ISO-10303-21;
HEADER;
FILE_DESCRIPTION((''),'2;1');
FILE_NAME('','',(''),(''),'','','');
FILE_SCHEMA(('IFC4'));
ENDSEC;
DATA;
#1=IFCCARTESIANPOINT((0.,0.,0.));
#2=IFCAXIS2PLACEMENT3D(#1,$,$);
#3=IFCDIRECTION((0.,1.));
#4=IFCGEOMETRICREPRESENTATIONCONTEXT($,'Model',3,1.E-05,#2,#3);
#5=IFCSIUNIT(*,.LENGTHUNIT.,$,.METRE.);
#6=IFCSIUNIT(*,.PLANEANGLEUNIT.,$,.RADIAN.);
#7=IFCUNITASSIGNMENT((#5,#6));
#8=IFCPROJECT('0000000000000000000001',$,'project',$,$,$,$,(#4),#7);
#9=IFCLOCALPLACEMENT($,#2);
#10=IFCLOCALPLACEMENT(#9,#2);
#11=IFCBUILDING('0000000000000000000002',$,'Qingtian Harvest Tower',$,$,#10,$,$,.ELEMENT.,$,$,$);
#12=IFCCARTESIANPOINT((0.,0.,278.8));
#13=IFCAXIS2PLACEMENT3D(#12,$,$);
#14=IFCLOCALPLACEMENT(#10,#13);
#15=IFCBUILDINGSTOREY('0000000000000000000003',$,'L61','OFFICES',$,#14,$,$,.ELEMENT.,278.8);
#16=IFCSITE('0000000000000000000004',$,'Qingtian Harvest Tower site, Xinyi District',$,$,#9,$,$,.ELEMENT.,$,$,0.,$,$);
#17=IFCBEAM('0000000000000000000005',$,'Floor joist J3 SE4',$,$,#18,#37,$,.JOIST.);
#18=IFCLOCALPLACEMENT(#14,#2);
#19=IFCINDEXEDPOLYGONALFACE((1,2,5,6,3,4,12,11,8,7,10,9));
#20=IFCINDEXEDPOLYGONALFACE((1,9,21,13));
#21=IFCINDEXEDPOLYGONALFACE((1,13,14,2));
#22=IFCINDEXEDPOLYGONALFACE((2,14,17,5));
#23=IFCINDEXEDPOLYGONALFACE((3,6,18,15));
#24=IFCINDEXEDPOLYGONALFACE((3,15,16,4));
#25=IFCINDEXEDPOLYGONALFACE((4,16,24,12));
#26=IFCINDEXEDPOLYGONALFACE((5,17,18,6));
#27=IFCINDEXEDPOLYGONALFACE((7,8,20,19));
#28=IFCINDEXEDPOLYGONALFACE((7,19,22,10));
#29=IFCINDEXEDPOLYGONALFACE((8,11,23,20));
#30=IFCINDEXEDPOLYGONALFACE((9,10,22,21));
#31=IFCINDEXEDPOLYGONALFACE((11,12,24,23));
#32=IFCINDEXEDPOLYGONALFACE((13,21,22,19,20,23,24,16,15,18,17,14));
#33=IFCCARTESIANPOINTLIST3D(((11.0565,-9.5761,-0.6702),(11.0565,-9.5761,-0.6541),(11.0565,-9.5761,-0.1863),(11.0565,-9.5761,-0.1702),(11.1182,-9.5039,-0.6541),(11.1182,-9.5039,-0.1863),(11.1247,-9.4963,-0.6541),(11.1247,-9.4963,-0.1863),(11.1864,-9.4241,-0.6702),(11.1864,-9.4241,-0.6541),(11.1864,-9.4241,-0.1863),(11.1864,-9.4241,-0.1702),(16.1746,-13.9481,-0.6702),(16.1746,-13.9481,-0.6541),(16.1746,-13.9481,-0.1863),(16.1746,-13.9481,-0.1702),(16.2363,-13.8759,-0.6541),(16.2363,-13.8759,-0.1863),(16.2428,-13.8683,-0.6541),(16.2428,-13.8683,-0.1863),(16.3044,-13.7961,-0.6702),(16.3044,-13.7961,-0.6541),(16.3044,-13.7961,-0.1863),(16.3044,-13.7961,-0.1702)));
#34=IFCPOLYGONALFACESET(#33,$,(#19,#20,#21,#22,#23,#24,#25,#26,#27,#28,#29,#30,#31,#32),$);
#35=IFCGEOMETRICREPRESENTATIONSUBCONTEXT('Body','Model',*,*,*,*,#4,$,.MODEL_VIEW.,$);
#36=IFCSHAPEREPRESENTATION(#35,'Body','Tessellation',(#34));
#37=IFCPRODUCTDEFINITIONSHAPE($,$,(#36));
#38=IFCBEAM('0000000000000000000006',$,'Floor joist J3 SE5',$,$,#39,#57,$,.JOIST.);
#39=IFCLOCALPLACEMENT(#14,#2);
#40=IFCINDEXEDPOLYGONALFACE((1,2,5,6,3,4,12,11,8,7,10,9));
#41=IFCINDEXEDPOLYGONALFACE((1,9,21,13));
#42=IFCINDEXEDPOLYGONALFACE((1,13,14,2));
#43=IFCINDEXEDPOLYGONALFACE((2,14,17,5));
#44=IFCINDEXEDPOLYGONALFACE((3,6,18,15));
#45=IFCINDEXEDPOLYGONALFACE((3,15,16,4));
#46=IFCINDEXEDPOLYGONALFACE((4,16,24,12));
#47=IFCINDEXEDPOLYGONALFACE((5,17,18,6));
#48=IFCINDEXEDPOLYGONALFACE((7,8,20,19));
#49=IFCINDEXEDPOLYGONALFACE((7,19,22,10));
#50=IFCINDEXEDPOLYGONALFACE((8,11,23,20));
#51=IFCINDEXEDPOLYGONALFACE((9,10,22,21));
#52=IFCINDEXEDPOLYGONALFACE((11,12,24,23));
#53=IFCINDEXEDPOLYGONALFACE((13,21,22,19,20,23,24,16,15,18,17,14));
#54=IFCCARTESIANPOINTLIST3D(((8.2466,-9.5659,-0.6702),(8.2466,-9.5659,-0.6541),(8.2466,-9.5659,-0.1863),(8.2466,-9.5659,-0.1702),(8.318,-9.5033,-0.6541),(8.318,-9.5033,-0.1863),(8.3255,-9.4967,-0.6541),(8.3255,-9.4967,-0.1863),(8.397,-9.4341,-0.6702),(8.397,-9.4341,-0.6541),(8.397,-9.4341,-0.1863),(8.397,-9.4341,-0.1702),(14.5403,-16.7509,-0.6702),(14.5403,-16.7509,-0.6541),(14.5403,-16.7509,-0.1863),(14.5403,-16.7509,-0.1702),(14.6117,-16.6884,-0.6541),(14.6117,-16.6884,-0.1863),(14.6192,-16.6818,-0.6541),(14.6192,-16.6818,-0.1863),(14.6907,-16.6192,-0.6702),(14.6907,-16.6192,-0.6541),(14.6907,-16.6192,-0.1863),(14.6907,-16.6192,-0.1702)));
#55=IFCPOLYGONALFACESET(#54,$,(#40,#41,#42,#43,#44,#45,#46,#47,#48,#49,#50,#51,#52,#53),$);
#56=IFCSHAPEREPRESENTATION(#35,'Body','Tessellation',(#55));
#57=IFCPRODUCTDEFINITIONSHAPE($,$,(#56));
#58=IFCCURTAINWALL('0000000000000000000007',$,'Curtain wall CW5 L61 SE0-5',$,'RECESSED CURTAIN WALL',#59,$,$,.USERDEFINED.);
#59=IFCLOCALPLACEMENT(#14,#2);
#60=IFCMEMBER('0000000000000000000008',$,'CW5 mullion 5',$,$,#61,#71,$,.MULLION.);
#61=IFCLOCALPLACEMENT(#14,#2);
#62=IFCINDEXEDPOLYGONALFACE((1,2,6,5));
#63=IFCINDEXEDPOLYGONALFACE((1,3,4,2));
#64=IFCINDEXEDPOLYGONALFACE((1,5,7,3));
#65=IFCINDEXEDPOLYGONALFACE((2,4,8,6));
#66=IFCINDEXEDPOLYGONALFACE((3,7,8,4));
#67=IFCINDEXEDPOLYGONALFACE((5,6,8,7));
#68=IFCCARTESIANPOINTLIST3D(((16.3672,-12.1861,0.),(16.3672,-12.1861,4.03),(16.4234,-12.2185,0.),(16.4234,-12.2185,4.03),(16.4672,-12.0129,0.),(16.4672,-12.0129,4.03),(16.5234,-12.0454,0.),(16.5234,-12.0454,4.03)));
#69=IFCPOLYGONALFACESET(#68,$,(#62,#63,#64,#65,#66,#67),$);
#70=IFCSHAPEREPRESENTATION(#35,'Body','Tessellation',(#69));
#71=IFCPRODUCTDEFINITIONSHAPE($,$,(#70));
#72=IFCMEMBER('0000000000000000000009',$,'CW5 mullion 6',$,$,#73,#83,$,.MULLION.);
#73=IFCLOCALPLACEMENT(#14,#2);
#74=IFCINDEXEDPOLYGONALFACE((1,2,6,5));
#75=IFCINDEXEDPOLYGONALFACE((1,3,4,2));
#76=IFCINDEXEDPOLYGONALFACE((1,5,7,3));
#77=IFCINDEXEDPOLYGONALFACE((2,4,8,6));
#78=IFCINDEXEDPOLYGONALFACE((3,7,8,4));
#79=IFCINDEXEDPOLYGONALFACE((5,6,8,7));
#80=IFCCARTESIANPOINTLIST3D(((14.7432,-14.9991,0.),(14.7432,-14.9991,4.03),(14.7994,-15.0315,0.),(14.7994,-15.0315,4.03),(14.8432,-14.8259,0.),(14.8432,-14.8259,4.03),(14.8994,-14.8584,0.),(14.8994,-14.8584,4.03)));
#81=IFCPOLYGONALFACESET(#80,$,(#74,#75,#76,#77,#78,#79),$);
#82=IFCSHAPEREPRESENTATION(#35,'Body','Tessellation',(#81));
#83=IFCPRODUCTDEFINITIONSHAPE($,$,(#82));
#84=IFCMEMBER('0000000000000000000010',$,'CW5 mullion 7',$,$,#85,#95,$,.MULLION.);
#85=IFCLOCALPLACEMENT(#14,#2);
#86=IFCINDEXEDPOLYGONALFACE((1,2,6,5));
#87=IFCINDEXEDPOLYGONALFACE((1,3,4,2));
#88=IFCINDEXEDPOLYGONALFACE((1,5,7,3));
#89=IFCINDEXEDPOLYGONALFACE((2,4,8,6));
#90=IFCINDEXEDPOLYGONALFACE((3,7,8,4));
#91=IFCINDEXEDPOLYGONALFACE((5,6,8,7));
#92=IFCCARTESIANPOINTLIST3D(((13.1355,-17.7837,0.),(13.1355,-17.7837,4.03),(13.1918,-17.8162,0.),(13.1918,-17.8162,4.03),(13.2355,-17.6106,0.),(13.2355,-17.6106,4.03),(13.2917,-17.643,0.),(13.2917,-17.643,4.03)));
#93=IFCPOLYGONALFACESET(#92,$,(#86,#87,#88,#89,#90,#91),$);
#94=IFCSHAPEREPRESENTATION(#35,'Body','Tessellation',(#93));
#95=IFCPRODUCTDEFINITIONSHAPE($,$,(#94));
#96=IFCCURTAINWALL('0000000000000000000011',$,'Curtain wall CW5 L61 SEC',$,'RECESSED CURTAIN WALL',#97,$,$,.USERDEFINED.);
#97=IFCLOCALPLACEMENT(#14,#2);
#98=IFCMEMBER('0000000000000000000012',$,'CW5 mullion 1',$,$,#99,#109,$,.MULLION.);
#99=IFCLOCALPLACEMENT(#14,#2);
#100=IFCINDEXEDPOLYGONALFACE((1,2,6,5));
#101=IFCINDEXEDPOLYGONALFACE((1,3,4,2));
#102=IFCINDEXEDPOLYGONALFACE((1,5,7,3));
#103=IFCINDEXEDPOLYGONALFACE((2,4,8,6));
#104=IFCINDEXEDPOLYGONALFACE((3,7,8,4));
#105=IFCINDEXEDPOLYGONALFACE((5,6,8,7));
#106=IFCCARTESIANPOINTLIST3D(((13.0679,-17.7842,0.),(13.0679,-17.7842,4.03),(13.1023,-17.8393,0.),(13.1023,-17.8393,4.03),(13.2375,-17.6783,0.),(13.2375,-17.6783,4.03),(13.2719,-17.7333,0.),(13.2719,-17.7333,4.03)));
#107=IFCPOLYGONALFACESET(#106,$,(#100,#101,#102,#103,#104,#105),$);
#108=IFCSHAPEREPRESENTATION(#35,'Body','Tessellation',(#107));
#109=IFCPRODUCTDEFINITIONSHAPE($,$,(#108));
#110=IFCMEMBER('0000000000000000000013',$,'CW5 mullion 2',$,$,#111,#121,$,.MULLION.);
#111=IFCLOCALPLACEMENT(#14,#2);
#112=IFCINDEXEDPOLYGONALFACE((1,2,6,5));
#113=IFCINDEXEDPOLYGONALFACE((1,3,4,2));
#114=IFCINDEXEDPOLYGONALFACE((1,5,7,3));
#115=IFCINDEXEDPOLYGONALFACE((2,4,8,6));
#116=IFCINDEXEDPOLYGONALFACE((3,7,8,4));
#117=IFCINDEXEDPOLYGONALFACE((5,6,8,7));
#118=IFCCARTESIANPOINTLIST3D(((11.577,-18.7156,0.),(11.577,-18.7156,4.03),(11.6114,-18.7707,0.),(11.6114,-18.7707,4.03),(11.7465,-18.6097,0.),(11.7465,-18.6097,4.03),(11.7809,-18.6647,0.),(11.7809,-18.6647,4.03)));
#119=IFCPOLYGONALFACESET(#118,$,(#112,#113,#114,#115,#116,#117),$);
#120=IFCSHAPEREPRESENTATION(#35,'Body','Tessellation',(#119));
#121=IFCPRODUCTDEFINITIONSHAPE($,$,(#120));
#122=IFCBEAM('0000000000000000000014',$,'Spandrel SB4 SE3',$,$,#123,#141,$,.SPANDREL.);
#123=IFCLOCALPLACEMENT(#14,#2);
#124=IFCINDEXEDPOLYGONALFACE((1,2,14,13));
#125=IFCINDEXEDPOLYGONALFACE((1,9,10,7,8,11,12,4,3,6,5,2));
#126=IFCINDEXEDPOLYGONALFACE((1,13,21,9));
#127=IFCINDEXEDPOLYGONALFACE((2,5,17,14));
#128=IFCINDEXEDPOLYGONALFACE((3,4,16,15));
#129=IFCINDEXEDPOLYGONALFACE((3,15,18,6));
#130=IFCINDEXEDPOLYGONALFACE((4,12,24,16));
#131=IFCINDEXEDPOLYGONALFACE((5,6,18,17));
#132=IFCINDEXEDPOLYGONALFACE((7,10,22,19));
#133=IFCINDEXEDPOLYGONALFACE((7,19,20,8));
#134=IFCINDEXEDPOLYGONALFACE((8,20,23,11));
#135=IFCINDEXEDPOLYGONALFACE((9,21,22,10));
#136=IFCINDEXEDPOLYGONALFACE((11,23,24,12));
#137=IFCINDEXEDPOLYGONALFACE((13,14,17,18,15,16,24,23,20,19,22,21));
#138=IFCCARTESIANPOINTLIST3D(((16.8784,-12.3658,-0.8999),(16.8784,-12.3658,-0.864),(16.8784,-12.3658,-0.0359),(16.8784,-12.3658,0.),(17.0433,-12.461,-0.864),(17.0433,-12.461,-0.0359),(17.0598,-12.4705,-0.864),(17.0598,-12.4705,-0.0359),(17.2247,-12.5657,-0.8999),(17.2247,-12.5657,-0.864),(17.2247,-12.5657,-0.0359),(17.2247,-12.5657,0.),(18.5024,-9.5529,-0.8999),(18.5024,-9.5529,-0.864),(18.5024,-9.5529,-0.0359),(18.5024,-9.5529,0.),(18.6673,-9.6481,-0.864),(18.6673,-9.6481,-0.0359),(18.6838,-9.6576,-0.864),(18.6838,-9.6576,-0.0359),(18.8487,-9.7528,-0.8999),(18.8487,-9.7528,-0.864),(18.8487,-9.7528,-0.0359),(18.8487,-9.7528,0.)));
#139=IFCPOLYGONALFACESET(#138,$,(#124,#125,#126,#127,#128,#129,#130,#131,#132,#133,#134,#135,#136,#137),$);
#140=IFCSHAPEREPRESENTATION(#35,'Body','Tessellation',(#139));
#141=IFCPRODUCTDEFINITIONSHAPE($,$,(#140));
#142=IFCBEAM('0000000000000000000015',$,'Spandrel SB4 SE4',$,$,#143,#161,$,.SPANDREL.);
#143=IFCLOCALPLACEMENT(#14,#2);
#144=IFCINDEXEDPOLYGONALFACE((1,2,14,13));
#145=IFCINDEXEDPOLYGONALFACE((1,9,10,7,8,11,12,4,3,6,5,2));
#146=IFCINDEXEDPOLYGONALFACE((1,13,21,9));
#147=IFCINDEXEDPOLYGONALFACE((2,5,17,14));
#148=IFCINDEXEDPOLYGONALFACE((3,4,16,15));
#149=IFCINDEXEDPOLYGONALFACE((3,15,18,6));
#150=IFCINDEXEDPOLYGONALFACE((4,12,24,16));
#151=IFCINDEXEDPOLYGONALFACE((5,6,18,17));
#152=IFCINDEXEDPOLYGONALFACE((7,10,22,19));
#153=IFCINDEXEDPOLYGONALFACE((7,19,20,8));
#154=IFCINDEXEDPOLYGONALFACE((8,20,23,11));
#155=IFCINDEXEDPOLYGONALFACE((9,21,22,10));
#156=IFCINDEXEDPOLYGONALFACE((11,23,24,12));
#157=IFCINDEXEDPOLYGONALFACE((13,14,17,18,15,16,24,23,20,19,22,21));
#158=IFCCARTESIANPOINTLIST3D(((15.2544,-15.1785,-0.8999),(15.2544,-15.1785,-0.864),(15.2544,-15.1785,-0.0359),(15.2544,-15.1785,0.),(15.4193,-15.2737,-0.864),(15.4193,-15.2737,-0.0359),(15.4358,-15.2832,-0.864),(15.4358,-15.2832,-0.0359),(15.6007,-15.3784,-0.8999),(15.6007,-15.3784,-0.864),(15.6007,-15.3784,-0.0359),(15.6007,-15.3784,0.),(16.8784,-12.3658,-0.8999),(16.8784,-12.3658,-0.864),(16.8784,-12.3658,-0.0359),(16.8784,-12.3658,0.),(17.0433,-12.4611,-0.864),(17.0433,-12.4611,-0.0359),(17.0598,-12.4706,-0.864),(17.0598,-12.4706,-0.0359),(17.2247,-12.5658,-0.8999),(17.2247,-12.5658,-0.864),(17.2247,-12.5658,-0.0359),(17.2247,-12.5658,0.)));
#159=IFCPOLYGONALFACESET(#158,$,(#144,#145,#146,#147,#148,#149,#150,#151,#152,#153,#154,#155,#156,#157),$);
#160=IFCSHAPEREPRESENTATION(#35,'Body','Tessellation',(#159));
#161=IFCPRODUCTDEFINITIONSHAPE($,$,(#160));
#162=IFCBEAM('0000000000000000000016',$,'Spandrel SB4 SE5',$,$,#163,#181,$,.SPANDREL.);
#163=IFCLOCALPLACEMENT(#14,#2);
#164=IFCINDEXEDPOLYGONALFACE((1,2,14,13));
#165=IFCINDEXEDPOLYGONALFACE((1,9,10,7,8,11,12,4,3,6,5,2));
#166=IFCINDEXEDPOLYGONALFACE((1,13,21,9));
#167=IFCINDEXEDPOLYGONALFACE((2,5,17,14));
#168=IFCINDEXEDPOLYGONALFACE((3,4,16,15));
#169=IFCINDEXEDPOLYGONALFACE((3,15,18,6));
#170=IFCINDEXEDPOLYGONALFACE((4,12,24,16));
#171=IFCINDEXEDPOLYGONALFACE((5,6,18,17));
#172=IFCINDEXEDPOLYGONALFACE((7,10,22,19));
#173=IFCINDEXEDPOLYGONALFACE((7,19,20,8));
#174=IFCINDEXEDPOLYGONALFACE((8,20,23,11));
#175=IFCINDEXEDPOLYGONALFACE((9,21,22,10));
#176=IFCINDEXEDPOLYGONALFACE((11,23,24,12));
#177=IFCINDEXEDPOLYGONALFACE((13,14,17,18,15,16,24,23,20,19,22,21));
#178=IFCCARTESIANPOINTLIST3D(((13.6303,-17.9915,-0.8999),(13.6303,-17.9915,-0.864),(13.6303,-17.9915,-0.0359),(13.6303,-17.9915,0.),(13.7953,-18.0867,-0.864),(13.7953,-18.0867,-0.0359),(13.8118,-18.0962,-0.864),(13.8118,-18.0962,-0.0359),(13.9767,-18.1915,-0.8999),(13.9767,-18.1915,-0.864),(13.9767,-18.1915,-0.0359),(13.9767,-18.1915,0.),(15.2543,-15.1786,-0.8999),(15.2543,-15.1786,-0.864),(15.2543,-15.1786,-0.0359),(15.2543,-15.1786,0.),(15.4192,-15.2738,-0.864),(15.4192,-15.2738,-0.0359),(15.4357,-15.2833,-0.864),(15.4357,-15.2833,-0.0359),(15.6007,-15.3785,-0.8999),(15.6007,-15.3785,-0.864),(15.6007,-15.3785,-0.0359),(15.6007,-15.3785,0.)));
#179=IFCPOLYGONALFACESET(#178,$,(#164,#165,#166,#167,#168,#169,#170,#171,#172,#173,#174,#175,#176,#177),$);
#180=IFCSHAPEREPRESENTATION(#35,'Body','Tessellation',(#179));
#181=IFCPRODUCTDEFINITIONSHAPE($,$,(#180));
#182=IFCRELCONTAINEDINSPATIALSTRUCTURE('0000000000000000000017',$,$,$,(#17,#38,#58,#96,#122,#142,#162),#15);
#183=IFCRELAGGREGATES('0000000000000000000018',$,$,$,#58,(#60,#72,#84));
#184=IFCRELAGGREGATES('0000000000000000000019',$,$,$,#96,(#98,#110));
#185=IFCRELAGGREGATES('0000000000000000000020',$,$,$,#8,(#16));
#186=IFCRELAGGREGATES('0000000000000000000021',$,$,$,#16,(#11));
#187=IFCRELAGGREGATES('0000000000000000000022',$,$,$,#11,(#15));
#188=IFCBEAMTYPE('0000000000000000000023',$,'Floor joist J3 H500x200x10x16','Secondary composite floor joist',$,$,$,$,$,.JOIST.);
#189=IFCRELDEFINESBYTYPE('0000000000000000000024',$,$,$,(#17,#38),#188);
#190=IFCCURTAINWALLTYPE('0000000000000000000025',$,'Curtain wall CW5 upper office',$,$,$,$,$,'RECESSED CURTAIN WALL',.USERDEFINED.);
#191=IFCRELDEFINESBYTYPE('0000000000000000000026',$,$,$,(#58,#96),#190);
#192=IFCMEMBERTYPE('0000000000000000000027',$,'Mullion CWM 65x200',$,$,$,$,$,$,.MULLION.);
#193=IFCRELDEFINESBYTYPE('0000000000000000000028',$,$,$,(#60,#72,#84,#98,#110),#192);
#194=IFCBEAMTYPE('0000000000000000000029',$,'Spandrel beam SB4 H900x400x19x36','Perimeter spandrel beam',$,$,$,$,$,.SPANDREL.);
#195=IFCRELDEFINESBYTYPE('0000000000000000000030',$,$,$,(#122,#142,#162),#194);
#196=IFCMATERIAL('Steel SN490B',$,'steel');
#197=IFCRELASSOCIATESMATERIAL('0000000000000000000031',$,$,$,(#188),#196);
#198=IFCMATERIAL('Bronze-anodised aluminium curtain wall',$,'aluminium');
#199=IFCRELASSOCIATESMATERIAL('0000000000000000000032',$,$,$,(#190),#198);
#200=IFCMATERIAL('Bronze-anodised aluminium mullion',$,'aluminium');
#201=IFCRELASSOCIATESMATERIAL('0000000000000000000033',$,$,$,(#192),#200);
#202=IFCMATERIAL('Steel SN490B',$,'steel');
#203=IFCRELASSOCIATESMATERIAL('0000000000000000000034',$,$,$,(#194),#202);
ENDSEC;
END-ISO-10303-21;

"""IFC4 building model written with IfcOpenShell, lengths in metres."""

from ifc_helpers import new_model, si_unit, direction, frame, origin, origin_2d, place, context, subcontext, project, spatial, rectangle, i_section, extrude, material, material_profile, profile_set, type_object, element, aggregate, save


model = new_model("IFC4")

# Units and contexts
model_context = context("Model", 3, precision=1e-05, world=origin(), true_north=direction((0.0, 1.0)))
body_context = subcontext(model_context, "Body", "Model", "MODEL_VIEW")
ifc_project = project(units=[si_unit("LENGTHUNIT", "METRE"), si_unit("PLANEANGLEUNIT", "RADIAN")], contexts=[model_context])

# Site, building, storey
site_placement = place(None, origin())
site = spatial("IfcSite", under=ifc_project, at=site_placement, Name="Qingtian Harvest Tower site, Xinyi District", CompositionType="ELEMENT", RefElevation=0.0)
building_placement = place(site_placement, origin())
building = spatial("IfcBuilding", under=site, at=building_placement, Name="Qingtian Harvest Tower", CompositionType="ELEMENT")
storey_placement = place(building_placement, frame((0.0, 0.0, 278.8)))
storey = spatial("IfcBuildingStorey", under=building, at=storey_placement, Name="L61", Description="OFFICES", CompositionType="ELEMENT", Elevation=278.8)

# Beams
ifc_material_1 = material(Name="Steel SN490B", Category="steel")
ifc_material_profile_1 = material_profile(ifc_material_1, i_section(OverallWidth=0.2, OverallDepth=0.5, WebThickness=0.01, FlangeThickness=0.0161, at=origin_2d()), Name="H500x200x10x16")
ifc_profile_set_1 = profile_set([ifc_material_profile_1], Name="Steel SN490B")
beam_type_1 = type_object("IfcBeamType", Name="Floor joist J3 H500x200x10x16", Description="Secondary composite floor joist", PredefinedType="JOIST", material=ifc_profile_set_1)
beam_1_placement = place(storey_placement, frame((16.2395, -13.8721, -0.4202), z_axis=(-0.760351, 0.649512, 0.0), x_axis=(-0.649512, -0.760351, 0.0)))
element("IfcBeam", 1, at=beam_1_placement, inside=storey, type_object=beam_type_1, Name="Floor joist J3 SE4", PredefinedType="JOIST", context=body_context, shape_type="SweptSolid", body=[
    extrude(i_section(OverallWidth=0.2, OverallDepth=0.5, WebThickness=0.01, FlangeThickness=0.0161, at=origin_2d()), origin(), (0.0, 0.0, 1.0), 6.7312),
])
beam_2_placement = place(storey_placement, frame((14.6155, -16.6851, -0.4202), z_axis=(-0.658906, 0.752225, 0.0), x_axis=(-0.752225, -0.658906, 0.0)))
element("IfcBeam", 2, at=beam_2_placement, inside=storey, type_object=beam_type_1, Name="Floor joist J3 SE5", PredefinedType="JOIST", context=body_context, shape_type="SweptSolid", body=[
    extrude(i_section(OverallWidth=0.2, OverallDepth=0.5, WebThickness=0.01, FlangeThickness=0.0161, at=origin_2d()), origin(), (0.0, 0.0, 1.0), 9.5518),
])

# Curtain walls, members
ifc_material_2 = material(Name="Bronze-anodised aluminium curtain wall", Category="aluminium")
curtain_wall_type = type_object("IfcCurtainWallType", Name="Curtain wall CW5 upper office", ElementType="RECESSED CURTAIN WALL", PredefinedType="USERDEFINED", material=ifc_material_2)
curtain_wall_1_placement = place(storey_placement, origin())
curtain_wall_1 = element("IfcCurtainWall", 3, at=curtain_wall_1_placement, inside=storey, type_object=curtain_wall_type, Name="Curtain wall CW5 L61 SE0-5", ObjectType="RECESSED CURTAIN WALL", PredefinedType="USERDEFINED")
ifc_material_3 = material(Name="Bronze-anodised aluminium mullion", Category="aluminium")
ifc_material_profile_2 = material_profile(ifc_material_3, rectangle(XDim=0.0649, YDim=0.2, at=origin_2d()), Name="AL 65x200")
ifc_profile_set_2 = profile_set([ifc_material_profile_2], Name="Bronze-anodised aluminium mullion")
member_type_1 = type_object("IfcMemberType", Name="Mullion CWM 65x200", PredefinedType="MULLION", material=ifc_profile_set_2)
member_1_placement = place(storey_placement, frame((16.4453, -12.1157, 0.0), z_axis=(0.0, 0.0, 1.0), x_axis=(0.866025, -0.5, 0.0)))
member_1 = element("IfcMember", 4, at=member_1_placement, type_object=member_type_1, Name="CW5 mullion 5", PredefinedType="MULLION", context=body_context, shape_type="SweptSolid", body=[
    extrude(rectangle(XDim=0.0649, YDim=0.2, at=origin_2d()), origin(), (0.0, 0.0, 1.0), 4.03),
])
member_2_placement = place(storey_placement, frame((14.8213, -14.9287, 0.0), z_axis=(0.0, 0.0, 1.0), x_axis=(0.866025, -0.5, 0.0)))
member_2 = element("IfcMember", 5, at=member_2_placement, type_object=member_type_1, Name="CW5 mullion 6", PredefinedType="MULLION", context=body_context, shape_type="SweptSolid", body=[
    extrude(rectangle(XDim=0.0649, YDim=0.2, at=origin_2d()), origin(), (0.0, 0.0, 1.0), 4.03),
])
member_3_placement = place(storey_placement, frame((13.2136, -17.7134, 0.0), z_axis=(0.0, 0.0, 1.0), x_axis=(0.866025, -0.5, 0.0)))
member_3 = element("IfcMember", 6, at=member_3_placement, type_object=member_type_1, Name="CW5 mullion 7", PredefinedType="MULLION", context=body_context, shape_type="SweptSolid", body=[
    extrude(rectangle(XDim=0.0649, YDim=0.2, at=origin_2d()), origin(), (0.0, 0.0, 1.0), 4.03),
])
curtain_wall_2_placement = place(storey_placement, origin())
curtain_wall_2 = element("IfcCurtainWall", 7, at=curtain_wall_2_placement, inside=storey, type_object=curtain_wall_type, Name="Curtain wall CW5 L61 SEC", ObjectType="RECESSED CURTAIN WALL", PredefinedType="USERDEFINED")
member_4_placement = place(storey_placement, frame((13.1699, -17.7588, 0.0), z_axis=(0.0, 0.0, 1.0), x_axis=(0.529919, -0.848048, 0.0)))
member_4 = element("IfcMember", 8, at=member_4_placement, type_object=member_type_1, Name="CW5 mullion 1", PredefinedType="MULLION", context=body_context, shape_type="SweptSolid", body=[
    extrude(rectangle(XDim=0.0649, YDim=0.2, at=origin_2d()), origin(), (0.0, 0.0, 1.0), 4.03),
])
member_5_placement = place(storey_placement, frame((11.679, -18.6902, 0.0), z_axis=(0.0, 0.0, 1.0), x_axis=(0.529919, -0.848048, 0.0)))
member_5 = element("IfcMember", 9, at=member_5_placement, type_object=member_type_1, Name="CW5 mullion 2", PredefinedType="MULLION", context=body_context, shape_type="SweptSolid", body=[
    extrude(rectangle(XDim=0.0649, YDim=0.2, at=origin_2d()), origin(), (0.0, 0.0, 1.0), 4.03),
])

# Beams
ifc_material_4 = material(Name="Steel SN490B", Category="steel")
ifc_material_profile_3 = material_profile(ifc_material_4, i_section(OverallWidth=0.3999, OverallDepth=0.8999, WebThickness=0.019, FlangeThickness=0.0359, at=origin_2d()), Name="H900x400x19x36")
ifc_profile_set_3 = profile_set([ifc_material_profile_3], Name="Steel SN490B")
beam_type_2 = type_object("IfcBeamType", Name="Spandrel beam SB4 H900x400x19x36", Description="Perimeter spandrel beam", PredefinedType="SPANDREL", material=ifc_profile_set_3)
beam_3_placement = place(storey_placement, frame((18.6755, -9.6528, -0.45), z_axis=(-0.499987, -0.866033, 0.0), x_axis=(0.866033, -0.499987, 0.0)))
element("IfcBeam", 10, at=beam_3_placement, inside=storey, type_object=beam_type_2, Name="Spandrel SB4 SE3", PredefinedType="SPANDREL", context=body_context, shape_type="SweptSolid", body=[
    extrude(i_section(OverallWidth=0.3999, OverallDepth=0.8999, WebThickness=0.019, FlangeThickness=0.0359, at=origin_2d()), origin(), (0.0, 0.0, 1.0), 3.248),
])
beam_4_placement = place(storey_placement, frame((17.0515, -12.4658, -0.45), z_axis=(-0.50002, -0.866014, 0.0), x_axis=(0.866014, -0.50002, 0.0)))
element("IfcBeam", 11, at=beam_4_placement, inside=storey, type_object=beam_type_2, Name="Spandrel SB4 SE4", PredefinedType="SPANDREL", context=body_context, shape_type="SweptSolid", body=[
    extrude(i_section(OverallWidth=0.3999, OverallDepth=0.8999, WebThickness=0.019, FlangeThickness=0.0359, at=origin_2d()), origin(), (0.0, 0.0, 1.0), 3.2478),
])
beam_5_placement = place(storey_placement, frame((15.4275, -15.2786, -0.45), z_axis=(-0.499987, -0.866033, 0.0), x_axis=(0.866033, -0.499987, 0.0)))
element("IfcBeam", 12, at=beam_5_placement, inside=storey, type_object=beam_type_2, Name="Spandrel SB4 SE5", PredefinedType="SPANDREL", context=body_context, shape_type="SweptSolid", body=[
    extrude(i_section(OverallWidth=0.3999, OverallDepth=0.8999, WebThickness=0.019, FlangeThickness=0.0359, at=origin_2d()), origin(), (0.0, 0.0, 1.0), 3.248),
])

aggregate(curtain_wall_1, [member_1, member_2, member_3])
aggregate(curtain_wall_2, [member_4, member_5])

save(model, "model.ifc")
